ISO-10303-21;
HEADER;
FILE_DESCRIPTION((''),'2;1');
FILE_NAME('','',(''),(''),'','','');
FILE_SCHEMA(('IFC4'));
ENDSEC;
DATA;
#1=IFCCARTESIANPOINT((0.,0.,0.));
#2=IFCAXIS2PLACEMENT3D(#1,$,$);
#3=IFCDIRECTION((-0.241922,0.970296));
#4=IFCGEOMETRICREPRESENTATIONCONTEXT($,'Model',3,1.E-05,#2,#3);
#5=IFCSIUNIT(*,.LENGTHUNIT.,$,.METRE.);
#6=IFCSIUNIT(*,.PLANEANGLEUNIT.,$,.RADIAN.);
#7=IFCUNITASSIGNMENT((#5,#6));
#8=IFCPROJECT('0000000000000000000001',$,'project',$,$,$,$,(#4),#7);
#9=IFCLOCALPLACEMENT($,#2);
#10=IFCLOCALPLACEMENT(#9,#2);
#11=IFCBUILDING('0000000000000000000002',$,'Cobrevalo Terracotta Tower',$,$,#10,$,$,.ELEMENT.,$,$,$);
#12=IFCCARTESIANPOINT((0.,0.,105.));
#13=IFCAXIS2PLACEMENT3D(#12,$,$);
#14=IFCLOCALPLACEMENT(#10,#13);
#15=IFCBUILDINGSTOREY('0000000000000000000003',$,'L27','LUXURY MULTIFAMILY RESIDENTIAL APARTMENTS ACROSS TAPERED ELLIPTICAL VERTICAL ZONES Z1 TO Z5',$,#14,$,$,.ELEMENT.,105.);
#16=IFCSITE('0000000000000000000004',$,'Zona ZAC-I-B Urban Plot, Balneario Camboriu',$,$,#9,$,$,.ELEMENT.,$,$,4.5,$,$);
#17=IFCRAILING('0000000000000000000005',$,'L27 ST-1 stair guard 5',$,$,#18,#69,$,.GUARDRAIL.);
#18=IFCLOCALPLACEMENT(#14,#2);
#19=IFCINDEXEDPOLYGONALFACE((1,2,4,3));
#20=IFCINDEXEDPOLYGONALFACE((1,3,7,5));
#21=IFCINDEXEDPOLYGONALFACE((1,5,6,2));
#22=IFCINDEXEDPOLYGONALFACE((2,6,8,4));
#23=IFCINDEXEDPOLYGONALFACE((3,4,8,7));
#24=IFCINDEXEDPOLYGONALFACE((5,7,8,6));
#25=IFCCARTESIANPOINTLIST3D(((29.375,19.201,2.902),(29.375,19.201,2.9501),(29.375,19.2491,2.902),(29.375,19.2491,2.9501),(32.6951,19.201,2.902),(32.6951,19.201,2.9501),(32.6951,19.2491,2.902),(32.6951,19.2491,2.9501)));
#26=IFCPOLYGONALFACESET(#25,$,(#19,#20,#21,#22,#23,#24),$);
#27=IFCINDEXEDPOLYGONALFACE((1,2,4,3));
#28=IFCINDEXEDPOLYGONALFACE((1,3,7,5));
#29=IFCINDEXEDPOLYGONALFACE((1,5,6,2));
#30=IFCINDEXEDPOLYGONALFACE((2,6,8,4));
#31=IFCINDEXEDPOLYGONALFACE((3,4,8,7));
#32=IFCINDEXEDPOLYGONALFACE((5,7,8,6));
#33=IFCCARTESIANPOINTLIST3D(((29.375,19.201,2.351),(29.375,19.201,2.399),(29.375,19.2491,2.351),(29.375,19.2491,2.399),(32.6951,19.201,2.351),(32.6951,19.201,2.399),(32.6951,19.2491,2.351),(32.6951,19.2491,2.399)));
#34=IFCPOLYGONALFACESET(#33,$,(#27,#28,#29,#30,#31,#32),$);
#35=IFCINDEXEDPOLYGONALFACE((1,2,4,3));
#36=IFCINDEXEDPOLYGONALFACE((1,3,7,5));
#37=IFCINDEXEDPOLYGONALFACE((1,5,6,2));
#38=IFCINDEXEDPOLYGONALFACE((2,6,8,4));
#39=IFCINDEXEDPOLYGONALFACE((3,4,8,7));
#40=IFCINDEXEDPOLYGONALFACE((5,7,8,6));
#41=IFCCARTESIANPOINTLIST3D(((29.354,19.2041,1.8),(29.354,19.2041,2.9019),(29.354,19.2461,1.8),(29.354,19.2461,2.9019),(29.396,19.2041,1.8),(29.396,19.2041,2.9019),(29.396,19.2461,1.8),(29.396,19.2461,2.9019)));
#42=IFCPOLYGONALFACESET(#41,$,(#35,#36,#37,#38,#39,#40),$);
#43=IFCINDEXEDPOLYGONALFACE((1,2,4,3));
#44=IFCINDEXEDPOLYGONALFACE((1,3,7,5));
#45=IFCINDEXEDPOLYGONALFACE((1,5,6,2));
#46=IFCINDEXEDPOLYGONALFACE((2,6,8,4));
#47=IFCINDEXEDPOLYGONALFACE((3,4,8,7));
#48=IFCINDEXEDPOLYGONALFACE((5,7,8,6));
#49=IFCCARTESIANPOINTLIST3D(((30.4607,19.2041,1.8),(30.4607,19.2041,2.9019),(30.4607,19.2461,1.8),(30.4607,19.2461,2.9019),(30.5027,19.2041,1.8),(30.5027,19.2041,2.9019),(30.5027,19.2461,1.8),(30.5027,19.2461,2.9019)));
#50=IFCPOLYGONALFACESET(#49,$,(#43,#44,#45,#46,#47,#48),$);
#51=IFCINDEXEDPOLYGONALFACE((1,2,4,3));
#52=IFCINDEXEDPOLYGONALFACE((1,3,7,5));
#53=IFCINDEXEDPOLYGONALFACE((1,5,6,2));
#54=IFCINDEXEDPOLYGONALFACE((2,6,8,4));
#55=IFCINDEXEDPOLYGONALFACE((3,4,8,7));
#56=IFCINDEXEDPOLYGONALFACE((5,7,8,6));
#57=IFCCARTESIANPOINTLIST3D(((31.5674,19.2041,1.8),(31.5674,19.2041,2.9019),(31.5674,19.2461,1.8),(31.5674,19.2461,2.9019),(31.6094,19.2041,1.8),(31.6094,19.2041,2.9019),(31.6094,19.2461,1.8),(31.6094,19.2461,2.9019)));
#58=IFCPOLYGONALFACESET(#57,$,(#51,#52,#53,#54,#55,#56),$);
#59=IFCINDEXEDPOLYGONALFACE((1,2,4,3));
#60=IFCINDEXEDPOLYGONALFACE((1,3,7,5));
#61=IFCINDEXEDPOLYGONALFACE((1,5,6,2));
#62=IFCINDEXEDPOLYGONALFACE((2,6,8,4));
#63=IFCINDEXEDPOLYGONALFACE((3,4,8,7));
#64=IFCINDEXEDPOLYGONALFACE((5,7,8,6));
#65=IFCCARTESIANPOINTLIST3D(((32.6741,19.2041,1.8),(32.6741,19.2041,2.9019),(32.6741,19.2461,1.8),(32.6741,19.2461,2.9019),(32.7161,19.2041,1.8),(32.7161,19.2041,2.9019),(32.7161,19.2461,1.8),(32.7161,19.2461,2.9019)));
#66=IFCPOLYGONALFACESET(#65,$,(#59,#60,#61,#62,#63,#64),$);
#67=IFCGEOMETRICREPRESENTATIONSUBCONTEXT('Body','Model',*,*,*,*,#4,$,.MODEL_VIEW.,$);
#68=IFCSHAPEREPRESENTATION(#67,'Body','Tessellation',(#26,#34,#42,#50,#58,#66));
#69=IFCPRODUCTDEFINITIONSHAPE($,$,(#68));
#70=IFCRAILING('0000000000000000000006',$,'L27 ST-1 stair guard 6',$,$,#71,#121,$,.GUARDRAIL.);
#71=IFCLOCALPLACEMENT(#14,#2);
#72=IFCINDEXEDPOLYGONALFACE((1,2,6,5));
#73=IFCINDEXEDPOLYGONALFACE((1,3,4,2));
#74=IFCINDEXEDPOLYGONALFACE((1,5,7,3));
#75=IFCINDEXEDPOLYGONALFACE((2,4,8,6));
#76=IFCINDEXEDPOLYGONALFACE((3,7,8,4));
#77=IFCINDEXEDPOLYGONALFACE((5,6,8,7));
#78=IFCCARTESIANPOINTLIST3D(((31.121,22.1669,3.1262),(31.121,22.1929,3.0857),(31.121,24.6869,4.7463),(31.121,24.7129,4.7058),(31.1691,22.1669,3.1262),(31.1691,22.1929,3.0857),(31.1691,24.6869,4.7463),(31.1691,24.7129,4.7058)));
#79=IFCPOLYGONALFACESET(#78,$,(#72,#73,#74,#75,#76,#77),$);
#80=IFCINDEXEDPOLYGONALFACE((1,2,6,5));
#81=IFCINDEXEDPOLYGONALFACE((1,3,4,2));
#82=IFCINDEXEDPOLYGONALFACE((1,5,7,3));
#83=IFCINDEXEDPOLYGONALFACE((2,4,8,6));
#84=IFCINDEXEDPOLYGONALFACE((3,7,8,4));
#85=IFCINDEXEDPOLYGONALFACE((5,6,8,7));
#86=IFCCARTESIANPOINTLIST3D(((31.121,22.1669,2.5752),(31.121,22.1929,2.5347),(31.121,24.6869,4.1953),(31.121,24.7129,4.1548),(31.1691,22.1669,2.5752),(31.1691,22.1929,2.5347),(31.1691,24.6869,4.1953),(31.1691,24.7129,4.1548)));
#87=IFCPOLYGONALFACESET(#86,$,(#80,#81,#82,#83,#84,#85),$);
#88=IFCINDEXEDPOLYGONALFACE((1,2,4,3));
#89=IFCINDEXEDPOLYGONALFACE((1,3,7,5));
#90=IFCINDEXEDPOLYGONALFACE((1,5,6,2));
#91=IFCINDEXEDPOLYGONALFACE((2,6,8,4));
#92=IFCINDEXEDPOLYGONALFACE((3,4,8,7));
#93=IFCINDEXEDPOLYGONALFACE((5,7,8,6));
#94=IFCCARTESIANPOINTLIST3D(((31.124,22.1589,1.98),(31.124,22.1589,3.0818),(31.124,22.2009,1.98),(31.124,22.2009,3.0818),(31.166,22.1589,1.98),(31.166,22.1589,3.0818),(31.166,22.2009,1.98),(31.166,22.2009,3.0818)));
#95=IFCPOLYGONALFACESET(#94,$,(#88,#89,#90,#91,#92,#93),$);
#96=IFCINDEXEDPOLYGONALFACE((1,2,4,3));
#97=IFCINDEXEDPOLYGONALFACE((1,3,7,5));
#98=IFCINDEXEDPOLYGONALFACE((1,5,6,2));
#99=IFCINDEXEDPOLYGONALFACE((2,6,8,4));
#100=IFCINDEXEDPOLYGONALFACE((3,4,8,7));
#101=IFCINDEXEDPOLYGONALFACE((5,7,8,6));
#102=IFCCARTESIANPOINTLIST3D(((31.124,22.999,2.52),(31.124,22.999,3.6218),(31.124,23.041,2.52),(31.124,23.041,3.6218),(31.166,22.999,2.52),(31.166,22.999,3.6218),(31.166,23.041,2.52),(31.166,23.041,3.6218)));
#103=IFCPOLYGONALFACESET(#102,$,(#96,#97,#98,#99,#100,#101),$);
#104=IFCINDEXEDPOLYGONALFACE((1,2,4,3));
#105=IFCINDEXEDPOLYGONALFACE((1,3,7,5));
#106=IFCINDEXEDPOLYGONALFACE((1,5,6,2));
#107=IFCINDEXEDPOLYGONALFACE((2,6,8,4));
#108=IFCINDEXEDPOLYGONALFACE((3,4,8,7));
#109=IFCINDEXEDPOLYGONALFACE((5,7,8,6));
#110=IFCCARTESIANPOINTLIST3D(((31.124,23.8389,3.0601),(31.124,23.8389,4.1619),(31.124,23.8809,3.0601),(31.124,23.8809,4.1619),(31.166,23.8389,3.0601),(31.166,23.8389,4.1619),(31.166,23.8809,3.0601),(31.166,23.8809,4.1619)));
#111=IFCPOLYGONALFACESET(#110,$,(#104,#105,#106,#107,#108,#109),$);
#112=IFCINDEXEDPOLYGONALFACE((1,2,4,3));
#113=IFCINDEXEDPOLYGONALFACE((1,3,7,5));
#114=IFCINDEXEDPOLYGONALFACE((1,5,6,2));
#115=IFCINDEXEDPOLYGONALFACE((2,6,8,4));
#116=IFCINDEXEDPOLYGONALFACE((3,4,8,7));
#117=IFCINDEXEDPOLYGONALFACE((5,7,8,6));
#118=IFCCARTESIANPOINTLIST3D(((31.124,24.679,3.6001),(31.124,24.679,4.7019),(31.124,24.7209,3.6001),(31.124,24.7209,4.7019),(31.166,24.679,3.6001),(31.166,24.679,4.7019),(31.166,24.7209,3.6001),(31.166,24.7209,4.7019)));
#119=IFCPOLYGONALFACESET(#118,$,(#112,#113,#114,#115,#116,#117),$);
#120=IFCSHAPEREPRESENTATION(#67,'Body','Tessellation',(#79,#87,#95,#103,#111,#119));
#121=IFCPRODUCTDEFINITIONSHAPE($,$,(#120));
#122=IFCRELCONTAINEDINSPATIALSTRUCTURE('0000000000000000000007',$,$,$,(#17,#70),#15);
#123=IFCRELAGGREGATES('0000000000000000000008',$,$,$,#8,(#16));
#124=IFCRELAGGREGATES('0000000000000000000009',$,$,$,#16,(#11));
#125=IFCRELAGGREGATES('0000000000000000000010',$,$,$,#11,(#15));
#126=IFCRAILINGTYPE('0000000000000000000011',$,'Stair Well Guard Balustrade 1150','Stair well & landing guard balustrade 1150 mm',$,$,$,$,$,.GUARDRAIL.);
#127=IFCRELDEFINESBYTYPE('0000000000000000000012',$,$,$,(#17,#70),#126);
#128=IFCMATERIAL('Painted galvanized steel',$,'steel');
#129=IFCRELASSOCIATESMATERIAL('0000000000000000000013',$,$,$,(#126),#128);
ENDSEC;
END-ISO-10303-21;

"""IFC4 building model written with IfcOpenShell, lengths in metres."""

from ifc_helpers import new_model, si_unit, direction, frame, origin, origin_2d, place, context, subcontext, project, spatial, rectangle, extrude, material, type_object, element, save


model = new_model("IFC4")

# Units and contexts
model_context = context("Model", 3, precision=1e-05, world=origin(), true_north=direction((-0.241922, 0.970296)))
body_context = subcontext(model_context, "Body", "Model", "MODEL_VIEW")
ifc_project = project(units=[si_unit("LENGTHUNIT", "METRE"), si_unit("PLANEANGLEUNIT", "RADIAN")], contexts=[model_context])

# Site, building, storey
site_placement = place(None, origin())
site = spatial("IfcSite", under=ifc_project, at=site_placement, Name="Zona ZAC-I-B Urban Plot, Balneario Camboriu", CompositionType="ELEMENT", RefElevation=4.5)
building_placement = place(site_placement, origin())
building = spatial("IfcBuilding", under=site, at=building_placement, Name="Cobrevalo Terracotta Tower", CompositionType="ELEMENT")
storey_placement = place(building_placement, frame((0.0, 0.0, 105.0)))
storey = spatial("IfcBuildingStorey", under=building, at=storey_placement, Name="L27", Description="LUXURY MULTIFAMILY RESIDENTIAL APARTMENTS ACROSS TAPERED ELLIPTICAL VERTICAL ZONES Z1 TO Z5", CompositionType="ELEMENT", Elevation=105.0)

# Railings
ifc_material_1 = material(Name="Painted galvanized steel", Category="steel")
railing_type_1 = type_object("IfcRailingType", Name="Stair Well Guard Balustrade 1150", Description="Stair well & landing guard balustrade 1150 mm", PredefinedType="GUARDRAIL", material=ifc_material_1)
railing_1_placement = place(storey_placement, frame((29.375, 19.2251, 1.8)))
element("IfcRailing", 1, at=railing_1_placement, inside=storey, type_object=railing_type_1, Name="L27 ST-1 stair guard 5", PredefinedType="GUARDRAIL", context=body_context, shape_type="SweptSolid", body=[
    extrude(rectangle(XDim=0.0481, YDim=0.0481, at=origin_2d()), frame((0.0, 0.0, 1.126), z_axis=(1.0, 0.0, 0.0), x_axis=(0.0, 1.0, 0.0)), (0.0, 0.0, 1.0), 3.3201),
    extrude(rectangle(XDim=0.0481, YDim=0.0481, at=origin_2d()), frame((0.0, 0.0, 0.575), z_axis=(1.0, 0.0, 0.0), x_axis=(0.0, 1.0, 0.0)), (0.0, 0.0, 1.0), 3.3201),
    extrude(rectangle(XDim=0.042, YDim=0.042, at=origin_2d()), origin(), (0.0, 0.0, 1.0), 1.1018),
    extrude(rectangle(XDim=0.042, YDim=0.042, at=origin_2d()), frame((1.1067, 0.0, 0.0)), (0.0, 0.0, 1.0), 1.1018),
    extrude(rectangle(XDim=0.042, YDim=0.042, at=origin_2d()), frame((2.2134, 0.0, 0.0)), (0.0, 0.0, 1.0), 1.1018),
    extrude(rectangle(XDim=0.042, YDim=0.042, at=origin_2d()), frame((3.3201, 0.0, 0.0)), (0.0, 0.0, 1.0), 1.1018),
])
railing_2_placement = place(storey_placement, frame((31.145, 22.1799, 1.98)))
element("IfcRailing", 2, at=railing_2_placement, inside=storey, type_object=railing_type_1, Name="L27 ST-1 stair guard 6", PredefinedType="GUARDRAIL", context=body_context, shape_type="SweptSolid", body=[
    extrude(rectangle(XDim=0.0481, YDim=0.0481, at=origin_2d()), frame((0.0, 0.0, 1.126), z_axis=(0.0, 0.841163, 0.540782), x_axis=(-1.0, 0.0, 0.0)), (0.0, 0.0, 1.0), 2.9958),
    extrude(rectangle(XDim=0.0481, YDim=0.0481, at=origin_2d()), frame((0.0, 0.0, 0.575), z_axis=(0.0, 0.841163, 0.540782), x_axis=(-1.0, 0.0, 0.0)), (0.0, 0.0, 1.0), 2.9958),
    extrude(rectangle(XDim=0.042, YDim=0.042, at=origin_2d()), origin(), (0.0, 0.0, 1.0), 1.1018),
    extrude(rectangle(XDim=0.042, YDim=0.042, at=origin_2d()), frame((0.0, 0.8401, 0.54)), (0.0, 0.0, 1.0), 1.1018),
    extrude(rectangle(XDim=0.042, YDim=0.042, at=origin_2d()), frame((0.0, 1.6799, 1.0801)), (0.0, 0.0, 1.0), 1.1018),
    extrude(rectangle(XDim=0.042, YDim=0.042, at=origin_2d()), frame((0.0, 2.52, 1.6201)), (0.0, 0.0, 1.0), 1.1018),
])

save(model, "model.ifc")
